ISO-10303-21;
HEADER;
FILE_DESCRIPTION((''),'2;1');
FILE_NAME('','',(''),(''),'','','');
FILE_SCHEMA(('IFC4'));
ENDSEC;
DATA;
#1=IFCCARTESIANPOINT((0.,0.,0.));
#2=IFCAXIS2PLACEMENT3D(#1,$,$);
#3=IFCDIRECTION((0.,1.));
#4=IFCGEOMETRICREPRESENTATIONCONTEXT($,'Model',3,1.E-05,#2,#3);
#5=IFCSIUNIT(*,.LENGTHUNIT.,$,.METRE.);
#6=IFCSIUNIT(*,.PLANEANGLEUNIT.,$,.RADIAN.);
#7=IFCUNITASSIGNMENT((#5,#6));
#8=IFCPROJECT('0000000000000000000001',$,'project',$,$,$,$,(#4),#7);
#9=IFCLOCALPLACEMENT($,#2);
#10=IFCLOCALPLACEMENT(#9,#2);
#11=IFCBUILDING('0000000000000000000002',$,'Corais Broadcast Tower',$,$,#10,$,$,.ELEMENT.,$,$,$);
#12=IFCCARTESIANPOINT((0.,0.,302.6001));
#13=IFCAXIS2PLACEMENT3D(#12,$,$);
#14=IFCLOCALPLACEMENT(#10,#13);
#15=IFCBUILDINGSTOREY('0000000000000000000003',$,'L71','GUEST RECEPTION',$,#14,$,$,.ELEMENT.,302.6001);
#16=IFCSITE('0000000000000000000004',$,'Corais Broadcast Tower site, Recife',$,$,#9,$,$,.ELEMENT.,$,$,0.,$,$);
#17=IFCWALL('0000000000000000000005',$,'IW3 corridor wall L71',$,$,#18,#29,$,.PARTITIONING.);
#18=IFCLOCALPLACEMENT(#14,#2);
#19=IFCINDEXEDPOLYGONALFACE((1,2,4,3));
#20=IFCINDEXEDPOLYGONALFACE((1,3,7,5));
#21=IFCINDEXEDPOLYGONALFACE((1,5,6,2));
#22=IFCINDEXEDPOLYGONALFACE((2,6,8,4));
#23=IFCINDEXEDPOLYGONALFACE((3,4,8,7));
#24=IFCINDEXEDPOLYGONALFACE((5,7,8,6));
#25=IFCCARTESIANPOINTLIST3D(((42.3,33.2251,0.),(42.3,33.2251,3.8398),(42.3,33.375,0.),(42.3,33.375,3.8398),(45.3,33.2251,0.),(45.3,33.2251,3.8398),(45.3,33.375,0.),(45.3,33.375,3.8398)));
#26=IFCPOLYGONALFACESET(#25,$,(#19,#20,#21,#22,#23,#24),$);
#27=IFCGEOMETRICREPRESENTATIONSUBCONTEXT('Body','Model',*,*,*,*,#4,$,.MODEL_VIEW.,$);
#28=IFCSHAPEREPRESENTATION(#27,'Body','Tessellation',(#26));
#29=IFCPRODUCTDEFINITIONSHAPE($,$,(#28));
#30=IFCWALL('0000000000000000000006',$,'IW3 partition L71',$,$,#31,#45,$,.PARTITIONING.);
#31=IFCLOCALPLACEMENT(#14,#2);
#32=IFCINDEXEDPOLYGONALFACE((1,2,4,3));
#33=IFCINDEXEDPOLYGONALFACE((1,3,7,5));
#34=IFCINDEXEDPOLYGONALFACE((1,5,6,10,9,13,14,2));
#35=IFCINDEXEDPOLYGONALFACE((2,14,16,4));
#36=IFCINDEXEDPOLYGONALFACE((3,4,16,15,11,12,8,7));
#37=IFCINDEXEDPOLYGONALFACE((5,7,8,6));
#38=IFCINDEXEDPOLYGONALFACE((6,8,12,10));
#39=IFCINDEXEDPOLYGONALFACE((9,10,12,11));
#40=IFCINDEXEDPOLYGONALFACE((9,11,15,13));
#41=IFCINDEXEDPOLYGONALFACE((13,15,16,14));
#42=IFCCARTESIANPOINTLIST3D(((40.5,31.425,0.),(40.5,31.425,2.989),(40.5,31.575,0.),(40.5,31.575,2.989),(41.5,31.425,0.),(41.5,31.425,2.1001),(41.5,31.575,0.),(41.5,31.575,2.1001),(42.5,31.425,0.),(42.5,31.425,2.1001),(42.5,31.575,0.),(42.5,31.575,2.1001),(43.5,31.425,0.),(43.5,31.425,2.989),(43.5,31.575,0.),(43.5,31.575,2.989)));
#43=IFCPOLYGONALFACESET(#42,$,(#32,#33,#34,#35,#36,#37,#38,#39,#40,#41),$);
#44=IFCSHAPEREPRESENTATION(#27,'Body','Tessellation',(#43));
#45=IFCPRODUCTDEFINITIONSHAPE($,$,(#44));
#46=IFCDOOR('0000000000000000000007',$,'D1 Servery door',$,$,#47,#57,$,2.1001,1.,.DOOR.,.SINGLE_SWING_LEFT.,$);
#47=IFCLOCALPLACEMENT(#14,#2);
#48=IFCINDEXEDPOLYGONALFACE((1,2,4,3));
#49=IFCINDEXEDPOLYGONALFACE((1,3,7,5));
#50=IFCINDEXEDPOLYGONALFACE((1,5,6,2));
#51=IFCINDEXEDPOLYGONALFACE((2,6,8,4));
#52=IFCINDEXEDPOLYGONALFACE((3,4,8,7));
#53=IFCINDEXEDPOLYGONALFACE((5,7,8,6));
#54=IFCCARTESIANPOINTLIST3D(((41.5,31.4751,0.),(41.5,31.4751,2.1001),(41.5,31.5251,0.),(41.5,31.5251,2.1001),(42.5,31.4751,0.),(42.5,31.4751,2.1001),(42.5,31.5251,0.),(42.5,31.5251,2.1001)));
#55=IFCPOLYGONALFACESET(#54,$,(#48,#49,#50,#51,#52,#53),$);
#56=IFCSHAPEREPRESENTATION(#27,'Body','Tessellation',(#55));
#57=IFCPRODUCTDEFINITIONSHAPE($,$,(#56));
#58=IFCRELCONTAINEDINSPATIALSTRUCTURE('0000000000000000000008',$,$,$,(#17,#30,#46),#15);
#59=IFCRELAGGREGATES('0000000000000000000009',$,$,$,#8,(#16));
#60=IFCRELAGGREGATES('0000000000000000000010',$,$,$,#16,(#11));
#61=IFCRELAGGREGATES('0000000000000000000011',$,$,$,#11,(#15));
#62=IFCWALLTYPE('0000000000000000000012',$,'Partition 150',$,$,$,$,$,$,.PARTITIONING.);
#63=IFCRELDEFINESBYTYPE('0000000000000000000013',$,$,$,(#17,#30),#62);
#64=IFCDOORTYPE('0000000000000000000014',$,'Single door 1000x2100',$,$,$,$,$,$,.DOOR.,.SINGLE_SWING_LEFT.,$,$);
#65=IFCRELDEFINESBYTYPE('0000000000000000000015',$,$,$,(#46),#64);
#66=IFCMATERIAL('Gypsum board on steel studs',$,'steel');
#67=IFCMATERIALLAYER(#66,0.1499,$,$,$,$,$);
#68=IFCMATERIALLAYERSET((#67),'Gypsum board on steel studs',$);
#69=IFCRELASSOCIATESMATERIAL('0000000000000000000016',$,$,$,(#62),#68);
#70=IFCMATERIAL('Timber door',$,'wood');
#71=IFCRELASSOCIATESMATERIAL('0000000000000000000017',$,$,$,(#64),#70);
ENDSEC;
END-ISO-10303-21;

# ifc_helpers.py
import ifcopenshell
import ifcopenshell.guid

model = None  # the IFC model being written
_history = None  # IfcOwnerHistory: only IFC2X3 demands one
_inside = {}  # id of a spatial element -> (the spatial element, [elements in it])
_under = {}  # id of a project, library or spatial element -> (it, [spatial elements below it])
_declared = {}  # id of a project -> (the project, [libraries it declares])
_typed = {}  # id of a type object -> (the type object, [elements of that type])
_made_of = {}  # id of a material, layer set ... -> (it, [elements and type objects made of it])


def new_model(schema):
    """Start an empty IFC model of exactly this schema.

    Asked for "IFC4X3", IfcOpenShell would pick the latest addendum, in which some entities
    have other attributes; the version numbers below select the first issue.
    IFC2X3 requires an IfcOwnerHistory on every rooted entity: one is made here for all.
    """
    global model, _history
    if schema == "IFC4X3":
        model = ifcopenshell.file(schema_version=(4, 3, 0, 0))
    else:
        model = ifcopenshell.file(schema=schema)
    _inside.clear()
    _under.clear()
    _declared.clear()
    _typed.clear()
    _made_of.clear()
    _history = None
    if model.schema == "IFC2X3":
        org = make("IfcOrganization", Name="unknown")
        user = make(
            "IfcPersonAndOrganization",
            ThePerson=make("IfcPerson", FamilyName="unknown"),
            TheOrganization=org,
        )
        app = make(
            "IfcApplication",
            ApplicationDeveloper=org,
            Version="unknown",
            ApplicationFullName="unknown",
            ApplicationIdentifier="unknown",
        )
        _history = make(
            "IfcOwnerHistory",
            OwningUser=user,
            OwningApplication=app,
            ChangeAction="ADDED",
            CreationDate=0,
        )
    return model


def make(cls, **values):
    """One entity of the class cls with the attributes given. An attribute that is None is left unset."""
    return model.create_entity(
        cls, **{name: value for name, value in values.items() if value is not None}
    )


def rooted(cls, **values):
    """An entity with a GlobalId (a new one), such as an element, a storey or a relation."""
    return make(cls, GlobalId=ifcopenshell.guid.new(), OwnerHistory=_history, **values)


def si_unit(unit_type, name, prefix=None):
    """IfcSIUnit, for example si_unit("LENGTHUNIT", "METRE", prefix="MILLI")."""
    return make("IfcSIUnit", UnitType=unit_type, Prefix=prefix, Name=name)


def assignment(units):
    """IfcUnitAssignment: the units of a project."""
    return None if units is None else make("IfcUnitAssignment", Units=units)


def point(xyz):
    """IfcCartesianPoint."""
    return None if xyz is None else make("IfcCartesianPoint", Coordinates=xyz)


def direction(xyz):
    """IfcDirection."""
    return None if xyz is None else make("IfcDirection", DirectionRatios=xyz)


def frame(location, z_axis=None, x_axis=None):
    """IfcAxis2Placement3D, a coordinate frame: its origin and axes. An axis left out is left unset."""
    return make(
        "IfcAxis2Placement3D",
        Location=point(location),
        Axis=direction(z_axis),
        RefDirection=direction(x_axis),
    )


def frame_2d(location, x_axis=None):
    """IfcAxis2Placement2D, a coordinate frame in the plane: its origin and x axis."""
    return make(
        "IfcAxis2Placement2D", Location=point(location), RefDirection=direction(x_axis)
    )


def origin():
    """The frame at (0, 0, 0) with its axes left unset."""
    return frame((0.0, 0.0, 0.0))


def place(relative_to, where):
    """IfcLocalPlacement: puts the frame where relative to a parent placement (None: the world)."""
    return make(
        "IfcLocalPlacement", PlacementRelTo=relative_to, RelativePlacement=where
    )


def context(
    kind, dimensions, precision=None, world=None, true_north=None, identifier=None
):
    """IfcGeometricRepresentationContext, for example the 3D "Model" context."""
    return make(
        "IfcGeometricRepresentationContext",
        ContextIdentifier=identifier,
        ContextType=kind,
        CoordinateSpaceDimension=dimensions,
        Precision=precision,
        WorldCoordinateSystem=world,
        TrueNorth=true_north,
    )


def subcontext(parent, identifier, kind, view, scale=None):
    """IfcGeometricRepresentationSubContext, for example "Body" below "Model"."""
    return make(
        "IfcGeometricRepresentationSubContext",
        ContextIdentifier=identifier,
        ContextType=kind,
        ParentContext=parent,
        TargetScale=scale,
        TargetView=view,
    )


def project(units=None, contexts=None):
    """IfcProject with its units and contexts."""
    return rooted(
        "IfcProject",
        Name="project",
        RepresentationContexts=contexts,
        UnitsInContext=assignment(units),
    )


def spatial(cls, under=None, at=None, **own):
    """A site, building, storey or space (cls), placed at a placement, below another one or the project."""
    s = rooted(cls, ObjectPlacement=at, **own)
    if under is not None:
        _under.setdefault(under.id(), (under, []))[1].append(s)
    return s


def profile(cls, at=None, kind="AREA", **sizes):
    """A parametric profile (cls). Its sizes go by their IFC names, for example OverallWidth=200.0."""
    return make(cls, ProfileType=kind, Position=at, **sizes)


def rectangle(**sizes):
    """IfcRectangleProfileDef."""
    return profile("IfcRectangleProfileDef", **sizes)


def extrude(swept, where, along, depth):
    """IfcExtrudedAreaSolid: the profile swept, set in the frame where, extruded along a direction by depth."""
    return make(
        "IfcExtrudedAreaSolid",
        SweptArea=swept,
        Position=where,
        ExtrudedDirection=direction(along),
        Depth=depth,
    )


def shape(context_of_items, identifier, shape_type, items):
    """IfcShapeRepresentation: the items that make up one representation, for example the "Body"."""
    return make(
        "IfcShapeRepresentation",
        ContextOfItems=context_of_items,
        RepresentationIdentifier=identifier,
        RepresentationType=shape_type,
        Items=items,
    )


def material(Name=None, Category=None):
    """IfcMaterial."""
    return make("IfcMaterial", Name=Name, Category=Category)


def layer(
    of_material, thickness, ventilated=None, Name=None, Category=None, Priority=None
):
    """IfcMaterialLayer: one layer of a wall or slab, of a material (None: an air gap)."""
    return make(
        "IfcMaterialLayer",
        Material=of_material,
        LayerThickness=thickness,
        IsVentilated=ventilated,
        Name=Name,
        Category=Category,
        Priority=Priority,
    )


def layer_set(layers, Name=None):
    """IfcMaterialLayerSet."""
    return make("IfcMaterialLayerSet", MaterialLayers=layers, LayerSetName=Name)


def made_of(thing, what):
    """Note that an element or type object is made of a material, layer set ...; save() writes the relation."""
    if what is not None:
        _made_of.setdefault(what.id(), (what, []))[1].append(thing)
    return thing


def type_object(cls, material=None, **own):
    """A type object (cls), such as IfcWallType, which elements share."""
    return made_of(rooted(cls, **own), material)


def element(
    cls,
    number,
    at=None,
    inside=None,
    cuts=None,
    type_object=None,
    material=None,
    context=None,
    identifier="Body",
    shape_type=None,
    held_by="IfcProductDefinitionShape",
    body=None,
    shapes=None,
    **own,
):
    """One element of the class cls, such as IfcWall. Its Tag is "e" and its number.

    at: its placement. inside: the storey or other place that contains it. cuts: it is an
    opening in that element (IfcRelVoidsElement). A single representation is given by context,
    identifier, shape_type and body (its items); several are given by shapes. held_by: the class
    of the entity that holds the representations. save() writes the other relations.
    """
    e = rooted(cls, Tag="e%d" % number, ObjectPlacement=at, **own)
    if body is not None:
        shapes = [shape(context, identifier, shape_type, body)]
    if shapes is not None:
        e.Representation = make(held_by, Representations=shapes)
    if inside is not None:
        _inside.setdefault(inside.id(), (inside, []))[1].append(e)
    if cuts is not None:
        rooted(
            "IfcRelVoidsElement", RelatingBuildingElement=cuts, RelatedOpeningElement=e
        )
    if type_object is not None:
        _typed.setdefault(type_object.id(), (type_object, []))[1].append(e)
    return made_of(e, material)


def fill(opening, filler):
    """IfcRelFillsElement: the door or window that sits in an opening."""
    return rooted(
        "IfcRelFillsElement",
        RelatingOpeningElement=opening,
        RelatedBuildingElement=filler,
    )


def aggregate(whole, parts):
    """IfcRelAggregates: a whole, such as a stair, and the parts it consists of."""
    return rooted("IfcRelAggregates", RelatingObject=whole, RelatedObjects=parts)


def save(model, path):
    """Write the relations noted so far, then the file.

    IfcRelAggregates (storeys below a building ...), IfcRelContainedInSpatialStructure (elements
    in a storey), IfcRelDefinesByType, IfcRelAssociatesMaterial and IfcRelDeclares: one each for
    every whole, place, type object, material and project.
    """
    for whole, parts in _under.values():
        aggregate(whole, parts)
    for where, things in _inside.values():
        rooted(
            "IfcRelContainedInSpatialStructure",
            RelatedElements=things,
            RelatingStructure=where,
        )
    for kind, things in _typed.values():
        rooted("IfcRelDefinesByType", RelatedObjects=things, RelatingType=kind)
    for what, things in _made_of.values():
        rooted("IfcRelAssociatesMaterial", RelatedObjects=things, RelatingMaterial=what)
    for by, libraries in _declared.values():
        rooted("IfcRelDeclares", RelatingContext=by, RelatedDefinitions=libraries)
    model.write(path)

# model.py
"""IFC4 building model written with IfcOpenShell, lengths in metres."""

from ifc_helpers import new_model, si_unit, direction, frame, frame_2d, origin, place, context, subcontext, project, spatial, rectangle, extrude, material, layer, layer_set, type_object, element, fill, save


model = new_model("IFC4")

# Units and contexts
model_context = context("Model", 3, precision=1e-05, world=origin(), true_north=direction((0.0, 1.0)))
body_context = subcontext(model_context, "Body", "Model", "MODEL_VIEW")
ifc_project = project(units=[si_unit("LENGTHUNIT", "METRE"), si_unit("PLANEANGLEUNIT", "RADIAN")], contexts=[model_context])

# Site, building, storey
site_placement = place(None, origin())
site = spatial("IfcSite", under=ifc_project, at=site_placement, Name="Corais Broadcast Tower site, Recife", CompositionType="ELEMENT", RefElevation=0.0)
building_placement = place(site_placement, origin())
building = spatial("IfcBuilding", under=site, at=building_placement, Name="Corais Broadcast Tower", CompositionType="ELEMENT")
storey_placement = place(building_placement, frame((0.0, 0.0, 302.6001)))
storey = spatial("IfcBuildingStorey", under=building, at=storey_placement, Name="L71", Description="GUEST RECEPTION", CompositionType="ELEMENT", Elevation=302.6001)

# Wall
ifc_material_1 = material(Name="Gypsum board on steel studs", Category="steel")
ifc_layer_1 = layer(ifc_material_1, 0.1499)
ifc_layer_set_1 = layer_set([ifc_layer_1], Name="Gypsum board on steel studs")
wall_type = type_object("IfcWallType", Name="Partition 150", PredefinedType="PARTITIONING", material=ifc_layer_set_1)
wall_1_placement = place(storey_placement, frame((45.3, 33.3, 0.0), z_axis=(0.0, 0.0, 1.0), x_axis=(-1.0, 0.0, 0.0)))
element("IfcWall", 1, at=wall_1_placement, inside=storey, type_object=wall_type, Name="IW3 corridor wall L71", PredefinedType="PARTITIONING", context=body_context, shape_type="SweptSolid", body=[
    extrude(rectangle(XDim=3.0, YDim=0.1499, at=frame_2d((1.5, 0.0))), origin(), (0.0, 0.0, 1.0), 3.8398),
])

# Wall, opening, door
wall_2_placement = place(storey_placement, frame((43.5, 31.5, 0.0), z_axis=(0.0, 0.0, 1.0), x_axis=(-1.0, 0.0, 0.0)))
wall_2 = element("IfcWall", 2, at=wall_2_placement, inside=storey, type_object=wall_type, Name="IW3 partition L71", PredefinedType="PARTITIONING", context=body_context, shape_type="SweptSolid", body=[
    extrude(rectangle(XDim=3.0, YDim=0.1499, at=frame_2d((1.5, 0.0))), origin(), (0.0, 0.0, 1.0), 2.989),
])
opening_placement = place(wall_2_placement, frame((1.0, 0.0, 0.0)))
opening = element("IfcOpeningElement", 3, at=opening_placement, cuts=wall_2, PredefinedType="OPENING", context=body_context, shape_type="SweptSolid", body=[
    extrude(rectangle(XDim=1.0, YDim=2.1001, at=frame_2d((0.5, 1.05))), frame((0.0, 0.085, 0.0), z_axis=(0.0, -1.0, 0.0), x_axis=(1.0, 0.0, 0.0)), (0.0, 0.0, 1.0), 0.1699),
])
ifc_material_2 = material(Name="Timber door", Category="wood")
door_type = type_object("IfcDoorType", Name="Single door 1000x2100", OperationType="SINGLE_SWING_LEFT", PredefinedType="DOOR", material=ifc_material_2)
door_placement = place(opening_placement, origin())
door = element("IfcDoor", 4, at=door_placement, inside=storey, type_object=door_type, Name="D1 Servery door", OperationType="SINGLE_SWING_LEFT", OverallHeight=2.1001, OverallWidth=1.0, PredefinedType="DOOR", context=body_context, shape_type="SweptSolid", body=[
    extrude(rectangle(XDim=1.0, YDim=2.1001, at=frame_2d((0.5, 1.05))), frame((0.0, 0.0249, 0.0), z_axis=(0.0, -1.0, 0.0), x_axis=(1.0, 0.0, 0.0)), (0.0, 0.0, 1.0), 0.05),
])
fill(opening, door)

save(model, "model.ifc")
